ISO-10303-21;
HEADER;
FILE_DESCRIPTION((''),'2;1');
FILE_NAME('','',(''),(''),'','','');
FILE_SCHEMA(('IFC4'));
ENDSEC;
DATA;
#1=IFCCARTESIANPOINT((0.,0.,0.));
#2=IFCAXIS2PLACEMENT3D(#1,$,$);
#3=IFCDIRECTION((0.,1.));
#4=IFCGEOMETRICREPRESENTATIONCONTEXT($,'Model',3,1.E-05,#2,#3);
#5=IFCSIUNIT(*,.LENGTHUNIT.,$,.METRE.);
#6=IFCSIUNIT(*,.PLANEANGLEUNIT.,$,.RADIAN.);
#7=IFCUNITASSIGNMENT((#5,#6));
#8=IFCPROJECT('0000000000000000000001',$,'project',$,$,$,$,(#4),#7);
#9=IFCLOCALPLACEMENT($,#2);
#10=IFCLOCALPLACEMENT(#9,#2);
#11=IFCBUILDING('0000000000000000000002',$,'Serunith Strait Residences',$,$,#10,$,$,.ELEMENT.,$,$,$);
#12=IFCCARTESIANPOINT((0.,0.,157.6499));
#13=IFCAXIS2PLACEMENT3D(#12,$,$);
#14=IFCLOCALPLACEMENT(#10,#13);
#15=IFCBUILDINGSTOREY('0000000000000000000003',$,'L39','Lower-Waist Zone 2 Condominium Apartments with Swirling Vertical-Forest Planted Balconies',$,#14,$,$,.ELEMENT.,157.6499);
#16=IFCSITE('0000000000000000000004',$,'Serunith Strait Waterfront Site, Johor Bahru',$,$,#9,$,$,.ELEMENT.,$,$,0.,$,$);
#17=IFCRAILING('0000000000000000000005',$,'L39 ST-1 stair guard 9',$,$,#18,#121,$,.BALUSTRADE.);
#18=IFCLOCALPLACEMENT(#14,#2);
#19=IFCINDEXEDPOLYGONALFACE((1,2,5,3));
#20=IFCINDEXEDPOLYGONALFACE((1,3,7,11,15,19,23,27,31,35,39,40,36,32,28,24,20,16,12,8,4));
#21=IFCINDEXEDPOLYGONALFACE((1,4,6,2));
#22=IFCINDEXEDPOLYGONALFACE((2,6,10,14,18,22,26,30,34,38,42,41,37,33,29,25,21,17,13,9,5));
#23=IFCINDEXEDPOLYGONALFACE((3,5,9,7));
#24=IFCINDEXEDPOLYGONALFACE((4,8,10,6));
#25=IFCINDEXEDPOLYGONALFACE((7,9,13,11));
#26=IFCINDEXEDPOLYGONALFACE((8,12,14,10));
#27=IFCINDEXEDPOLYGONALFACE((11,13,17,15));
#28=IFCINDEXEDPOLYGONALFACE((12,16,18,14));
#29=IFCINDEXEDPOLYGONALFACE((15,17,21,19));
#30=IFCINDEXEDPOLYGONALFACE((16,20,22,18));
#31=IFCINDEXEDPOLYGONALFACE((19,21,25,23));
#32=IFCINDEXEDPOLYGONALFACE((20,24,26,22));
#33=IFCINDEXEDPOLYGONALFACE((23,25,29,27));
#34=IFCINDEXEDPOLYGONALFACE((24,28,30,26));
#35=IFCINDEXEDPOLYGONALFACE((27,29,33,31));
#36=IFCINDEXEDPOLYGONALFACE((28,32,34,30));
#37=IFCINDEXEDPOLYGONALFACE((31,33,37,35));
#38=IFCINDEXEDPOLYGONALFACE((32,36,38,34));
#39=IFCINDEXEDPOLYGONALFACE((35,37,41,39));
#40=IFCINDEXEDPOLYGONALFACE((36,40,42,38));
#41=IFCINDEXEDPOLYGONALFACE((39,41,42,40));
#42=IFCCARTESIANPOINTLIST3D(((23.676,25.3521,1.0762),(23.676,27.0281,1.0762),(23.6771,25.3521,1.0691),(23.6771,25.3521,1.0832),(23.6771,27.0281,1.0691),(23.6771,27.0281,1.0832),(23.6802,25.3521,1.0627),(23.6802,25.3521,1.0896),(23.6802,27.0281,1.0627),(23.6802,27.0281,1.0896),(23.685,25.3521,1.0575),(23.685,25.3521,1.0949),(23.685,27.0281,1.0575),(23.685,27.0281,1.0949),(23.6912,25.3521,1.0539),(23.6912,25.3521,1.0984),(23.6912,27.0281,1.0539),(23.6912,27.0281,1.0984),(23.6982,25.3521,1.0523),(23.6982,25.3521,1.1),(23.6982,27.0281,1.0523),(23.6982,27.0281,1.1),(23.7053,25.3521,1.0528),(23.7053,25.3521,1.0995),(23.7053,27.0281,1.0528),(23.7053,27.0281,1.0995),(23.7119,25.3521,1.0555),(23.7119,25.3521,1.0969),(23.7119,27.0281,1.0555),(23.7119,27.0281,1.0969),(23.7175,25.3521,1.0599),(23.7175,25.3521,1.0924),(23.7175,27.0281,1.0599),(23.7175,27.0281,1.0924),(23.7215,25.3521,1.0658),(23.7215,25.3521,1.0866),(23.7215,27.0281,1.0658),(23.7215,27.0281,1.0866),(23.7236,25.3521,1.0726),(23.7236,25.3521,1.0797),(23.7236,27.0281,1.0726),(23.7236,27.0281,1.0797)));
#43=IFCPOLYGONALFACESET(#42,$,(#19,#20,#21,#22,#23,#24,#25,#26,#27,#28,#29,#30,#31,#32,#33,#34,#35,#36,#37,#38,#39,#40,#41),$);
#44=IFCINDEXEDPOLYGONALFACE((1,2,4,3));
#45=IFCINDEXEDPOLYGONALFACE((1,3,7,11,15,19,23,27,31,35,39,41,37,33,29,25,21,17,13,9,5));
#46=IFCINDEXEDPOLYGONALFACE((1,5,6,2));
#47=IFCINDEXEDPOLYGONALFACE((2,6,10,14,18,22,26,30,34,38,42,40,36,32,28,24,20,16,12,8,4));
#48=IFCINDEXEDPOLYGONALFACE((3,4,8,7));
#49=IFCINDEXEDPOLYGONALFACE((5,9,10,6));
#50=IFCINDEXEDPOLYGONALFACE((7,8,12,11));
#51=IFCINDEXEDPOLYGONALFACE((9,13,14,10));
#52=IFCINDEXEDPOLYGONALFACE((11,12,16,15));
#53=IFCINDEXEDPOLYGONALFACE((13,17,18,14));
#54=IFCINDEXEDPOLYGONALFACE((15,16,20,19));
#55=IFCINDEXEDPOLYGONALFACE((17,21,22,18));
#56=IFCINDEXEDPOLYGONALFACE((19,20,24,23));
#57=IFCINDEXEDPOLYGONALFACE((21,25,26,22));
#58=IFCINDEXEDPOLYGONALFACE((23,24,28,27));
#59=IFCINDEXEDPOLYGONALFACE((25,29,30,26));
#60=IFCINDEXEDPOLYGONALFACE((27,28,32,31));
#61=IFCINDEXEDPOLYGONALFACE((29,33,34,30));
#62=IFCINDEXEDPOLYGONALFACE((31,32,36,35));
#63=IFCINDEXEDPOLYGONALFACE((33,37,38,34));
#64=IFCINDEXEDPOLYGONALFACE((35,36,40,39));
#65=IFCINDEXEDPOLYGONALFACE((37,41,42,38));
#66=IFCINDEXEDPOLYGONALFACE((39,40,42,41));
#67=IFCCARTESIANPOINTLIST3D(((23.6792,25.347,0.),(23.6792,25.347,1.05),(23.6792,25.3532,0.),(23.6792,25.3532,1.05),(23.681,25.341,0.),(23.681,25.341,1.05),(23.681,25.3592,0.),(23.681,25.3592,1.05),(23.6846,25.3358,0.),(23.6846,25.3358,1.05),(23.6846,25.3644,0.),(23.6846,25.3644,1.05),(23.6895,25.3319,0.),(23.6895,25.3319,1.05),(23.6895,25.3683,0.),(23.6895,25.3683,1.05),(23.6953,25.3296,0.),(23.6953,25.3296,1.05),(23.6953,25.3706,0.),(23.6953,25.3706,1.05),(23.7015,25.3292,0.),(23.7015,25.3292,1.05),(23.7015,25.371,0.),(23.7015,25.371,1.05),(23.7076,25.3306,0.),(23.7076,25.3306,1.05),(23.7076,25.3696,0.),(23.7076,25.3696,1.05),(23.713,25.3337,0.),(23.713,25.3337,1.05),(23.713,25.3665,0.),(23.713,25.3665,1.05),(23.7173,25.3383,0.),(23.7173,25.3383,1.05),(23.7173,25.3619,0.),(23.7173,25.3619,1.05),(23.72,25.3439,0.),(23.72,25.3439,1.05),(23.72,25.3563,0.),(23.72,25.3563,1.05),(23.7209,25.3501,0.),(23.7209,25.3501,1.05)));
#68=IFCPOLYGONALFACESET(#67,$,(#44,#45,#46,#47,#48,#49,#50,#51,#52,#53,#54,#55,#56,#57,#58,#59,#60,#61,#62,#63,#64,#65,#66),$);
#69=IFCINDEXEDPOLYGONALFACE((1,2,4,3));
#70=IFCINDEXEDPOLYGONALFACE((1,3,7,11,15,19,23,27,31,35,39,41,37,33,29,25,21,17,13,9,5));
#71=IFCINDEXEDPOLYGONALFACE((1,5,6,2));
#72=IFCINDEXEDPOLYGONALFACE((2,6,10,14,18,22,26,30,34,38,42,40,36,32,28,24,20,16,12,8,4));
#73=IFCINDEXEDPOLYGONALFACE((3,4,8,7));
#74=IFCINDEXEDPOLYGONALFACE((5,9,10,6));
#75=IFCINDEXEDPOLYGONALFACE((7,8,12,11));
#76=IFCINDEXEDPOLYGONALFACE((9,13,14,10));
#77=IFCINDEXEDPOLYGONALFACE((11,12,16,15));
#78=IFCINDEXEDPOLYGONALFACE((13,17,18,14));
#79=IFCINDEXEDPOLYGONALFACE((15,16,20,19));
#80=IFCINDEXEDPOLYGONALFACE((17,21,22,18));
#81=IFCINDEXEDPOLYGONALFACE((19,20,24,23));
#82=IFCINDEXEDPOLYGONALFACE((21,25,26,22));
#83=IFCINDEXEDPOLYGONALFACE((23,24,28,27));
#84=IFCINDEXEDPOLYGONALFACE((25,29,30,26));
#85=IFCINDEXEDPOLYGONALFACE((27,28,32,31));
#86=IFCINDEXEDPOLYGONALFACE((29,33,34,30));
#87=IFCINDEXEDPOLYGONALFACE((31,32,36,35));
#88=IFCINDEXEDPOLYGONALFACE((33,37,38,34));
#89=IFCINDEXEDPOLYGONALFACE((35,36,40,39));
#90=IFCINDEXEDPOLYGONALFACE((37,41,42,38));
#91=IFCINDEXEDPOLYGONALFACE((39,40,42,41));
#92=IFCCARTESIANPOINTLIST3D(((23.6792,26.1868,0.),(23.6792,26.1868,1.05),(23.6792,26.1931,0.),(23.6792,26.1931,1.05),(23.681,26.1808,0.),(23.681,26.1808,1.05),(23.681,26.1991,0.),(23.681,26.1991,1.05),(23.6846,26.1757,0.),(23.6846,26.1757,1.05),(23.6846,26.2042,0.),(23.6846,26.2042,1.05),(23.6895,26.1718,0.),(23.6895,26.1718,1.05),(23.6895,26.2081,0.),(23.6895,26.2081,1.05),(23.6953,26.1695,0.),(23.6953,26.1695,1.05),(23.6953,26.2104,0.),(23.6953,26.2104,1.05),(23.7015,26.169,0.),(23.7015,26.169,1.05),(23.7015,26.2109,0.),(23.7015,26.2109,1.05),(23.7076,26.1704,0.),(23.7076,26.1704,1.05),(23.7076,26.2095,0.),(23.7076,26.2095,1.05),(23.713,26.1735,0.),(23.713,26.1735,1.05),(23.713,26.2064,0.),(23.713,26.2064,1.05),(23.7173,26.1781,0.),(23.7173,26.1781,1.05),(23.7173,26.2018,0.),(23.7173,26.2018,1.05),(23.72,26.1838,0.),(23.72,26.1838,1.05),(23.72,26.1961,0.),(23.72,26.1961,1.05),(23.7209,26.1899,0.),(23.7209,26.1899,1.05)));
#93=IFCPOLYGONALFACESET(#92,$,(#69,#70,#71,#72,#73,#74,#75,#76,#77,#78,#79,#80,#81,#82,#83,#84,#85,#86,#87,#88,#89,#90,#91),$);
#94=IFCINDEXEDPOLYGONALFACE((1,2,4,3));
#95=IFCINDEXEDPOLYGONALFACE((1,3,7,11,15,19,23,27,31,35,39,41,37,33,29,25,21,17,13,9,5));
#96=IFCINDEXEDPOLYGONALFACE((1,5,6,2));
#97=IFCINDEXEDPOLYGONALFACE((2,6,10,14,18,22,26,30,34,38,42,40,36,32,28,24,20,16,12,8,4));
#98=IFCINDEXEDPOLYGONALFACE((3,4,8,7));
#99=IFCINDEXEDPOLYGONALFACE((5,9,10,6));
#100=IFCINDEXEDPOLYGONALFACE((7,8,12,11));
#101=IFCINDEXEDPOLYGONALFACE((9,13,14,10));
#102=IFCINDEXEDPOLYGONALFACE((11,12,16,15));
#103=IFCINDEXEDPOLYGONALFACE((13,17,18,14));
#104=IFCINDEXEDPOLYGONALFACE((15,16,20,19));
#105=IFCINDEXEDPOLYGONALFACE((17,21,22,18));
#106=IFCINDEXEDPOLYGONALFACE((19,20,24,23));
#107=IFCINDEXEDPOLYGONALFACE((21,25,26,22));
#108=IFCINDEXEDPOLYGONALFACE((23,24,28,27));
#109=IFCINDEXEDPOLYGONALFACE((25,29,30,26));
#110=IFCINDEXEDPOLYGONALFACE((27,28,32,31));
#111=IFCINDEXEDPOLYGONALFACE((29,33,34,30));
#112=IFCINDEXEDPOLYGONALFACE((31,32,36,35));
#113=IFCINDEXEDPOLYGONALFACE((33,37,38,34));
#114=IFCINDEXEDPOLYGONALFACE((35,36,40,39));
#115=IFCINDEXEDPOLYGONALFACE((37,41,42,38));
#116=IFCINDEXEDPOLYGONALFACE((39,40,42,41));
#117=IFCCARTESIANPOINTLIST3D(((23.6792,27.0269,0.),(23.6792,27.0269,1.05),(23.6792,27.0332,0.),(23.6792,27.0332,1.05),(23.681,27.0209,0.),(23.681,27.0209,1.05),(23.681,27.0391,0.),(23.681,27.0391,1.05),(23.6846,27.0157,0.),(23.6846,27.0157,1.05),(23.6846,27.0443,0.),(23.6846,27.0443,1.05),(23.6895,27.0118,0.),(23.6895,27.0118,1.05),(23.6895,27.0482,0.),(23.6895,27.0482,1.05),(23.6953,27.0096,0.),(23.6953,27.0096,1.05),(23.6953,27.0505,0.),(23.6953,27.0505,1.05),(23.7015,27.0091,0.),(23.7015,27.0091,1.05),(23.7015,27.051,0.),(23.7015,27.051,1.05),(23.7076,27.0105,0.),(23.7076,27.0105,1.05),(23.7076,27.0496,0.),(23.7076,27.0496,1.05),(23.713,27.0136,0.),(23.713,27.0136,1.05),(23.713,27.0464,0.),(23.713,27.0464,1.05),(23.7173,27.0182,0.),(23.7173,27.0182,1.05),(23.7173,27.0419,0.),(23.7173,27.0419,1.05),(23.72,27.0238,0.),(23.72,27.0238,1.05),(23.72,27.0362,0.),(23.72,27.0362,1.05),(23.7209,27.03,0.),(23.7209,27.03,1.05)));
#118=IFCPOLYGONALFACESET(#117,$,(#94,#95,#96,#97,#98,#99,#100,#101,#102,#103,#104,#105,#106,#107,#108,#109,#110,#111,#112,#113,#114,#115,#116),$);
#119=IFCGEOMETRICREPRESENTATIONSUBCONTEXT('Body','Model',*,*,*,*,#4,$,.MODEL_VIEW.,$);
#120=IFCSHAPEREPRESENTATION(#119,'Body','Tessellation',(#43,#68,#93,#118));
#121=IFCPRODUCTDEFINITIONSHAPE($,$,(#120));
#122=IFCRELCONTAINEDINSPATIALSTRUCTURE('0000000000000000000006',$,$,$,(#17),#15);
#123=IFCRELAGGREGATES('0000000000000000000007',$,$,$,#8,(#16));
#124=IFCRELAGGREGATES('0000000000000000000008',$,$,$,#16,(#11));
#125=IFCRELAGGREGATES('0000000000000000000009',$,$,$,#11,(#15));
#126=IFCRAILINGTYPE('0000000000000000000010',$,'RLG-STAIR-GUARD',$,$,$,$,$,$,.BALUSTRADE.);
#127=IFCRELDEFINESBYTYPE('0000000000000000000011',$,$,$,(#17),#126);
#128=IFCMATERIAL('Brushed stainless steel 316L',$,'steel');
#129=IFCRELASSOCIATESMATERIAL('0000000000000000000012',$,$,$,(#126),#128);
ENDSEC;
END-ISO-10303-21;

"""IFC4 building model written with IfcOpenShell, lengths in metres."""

from ifc_helpers import new_model, si_unit, direction, frame, origin, origin_2d, place, context, subcontext, project, spatial, circle, extrude, material, type_object, element, save


model = new_model("IFC4")

# Units and contexts
model_context = context("Model", 3, precision=1e-05, world=origin(), true_north=direction((0.0, 1.0)))
body_context = subcontext(model_context, "Body", "Model", "MODEL_VIEW")
ifc_project = project(units=[si_unit("LENGTHUNIT", "METRE"), si_unit("PLANEANGLEUNIT", "RADIAN")], contexts=[model_context])

# Site, building, storey
site_placement = place(None, origin())
site = spatial("IfcSite", under=ifc_project, at=site_placement, Name="Serunith Strait Waterfront Site, Johor Bahru", CompositionType="ELEMENT", RefElevation=0.0)
building_placement = place(site_placement, origin())
building = spatial("IfcBuilding", under=site, at=building_placement, Name="Serunith Strait Residences", CompositionType="ELEMENT")
storey_placement = place(building_placement, frame((0.0, 0.0, 157.6499)))
storey = spatial("IfcBuildingStorey", under=building, at=storey_placement, Name="L39", Description="Lower-Waist Zone 2 Condominium Apartments with Swirling Vertical-Forest Planted Balconies", CompositionType="ELEMENT", Elevation=157.6499)

# Railing
ifc_material_1 = material(Name="Brushed stainless steel 316L", Category="steel")
railing_type_1 = type_object("IfcRailingType", Name="RLG-STAIR-GUARD", PredefinedType="BALUSTRADE", material=ifc_material_1)
for number, where, name in (
    (1, (23.7, 25.3501, 0.0), "L39 ST-1 stair guard 9"),
):
    element("IfcRailing", number, at=place(storey_placement, frame(where)), inside=storey, type_object=railing_type_1, Name=name, PredefinedType="BALUSTRADE", context=body_context, shape_type="SweptSolid", body=[
        extrude(circle(Radius=0.0239, at=origin_2d()), frame((0.0, 0.002, 1.0762), z_axis=(0.0, 1.0, 0.0), x_axis=(-1.0, 0.0, 0.0)), (0.0, 0.0, 1.0), 1.676),
        extrude(circle(Radius=0.021, at=origin_2d()), origin(), (0.0, 0.0, 1.0), 1.05),
        extrude(circle(Radius=0.021, at=origin_2d()), frame((0.0, 0.8398, 0.0)), (0.0, 0.0, 1.0), 1.05),
        extrude(circle(Radius=0.021, at=origin_2d()), frame((0.0, 1.6799, 0.0)), (0.0, 0.0, 1.0), 1.05),
    ])

save(model, "model.ifc")
